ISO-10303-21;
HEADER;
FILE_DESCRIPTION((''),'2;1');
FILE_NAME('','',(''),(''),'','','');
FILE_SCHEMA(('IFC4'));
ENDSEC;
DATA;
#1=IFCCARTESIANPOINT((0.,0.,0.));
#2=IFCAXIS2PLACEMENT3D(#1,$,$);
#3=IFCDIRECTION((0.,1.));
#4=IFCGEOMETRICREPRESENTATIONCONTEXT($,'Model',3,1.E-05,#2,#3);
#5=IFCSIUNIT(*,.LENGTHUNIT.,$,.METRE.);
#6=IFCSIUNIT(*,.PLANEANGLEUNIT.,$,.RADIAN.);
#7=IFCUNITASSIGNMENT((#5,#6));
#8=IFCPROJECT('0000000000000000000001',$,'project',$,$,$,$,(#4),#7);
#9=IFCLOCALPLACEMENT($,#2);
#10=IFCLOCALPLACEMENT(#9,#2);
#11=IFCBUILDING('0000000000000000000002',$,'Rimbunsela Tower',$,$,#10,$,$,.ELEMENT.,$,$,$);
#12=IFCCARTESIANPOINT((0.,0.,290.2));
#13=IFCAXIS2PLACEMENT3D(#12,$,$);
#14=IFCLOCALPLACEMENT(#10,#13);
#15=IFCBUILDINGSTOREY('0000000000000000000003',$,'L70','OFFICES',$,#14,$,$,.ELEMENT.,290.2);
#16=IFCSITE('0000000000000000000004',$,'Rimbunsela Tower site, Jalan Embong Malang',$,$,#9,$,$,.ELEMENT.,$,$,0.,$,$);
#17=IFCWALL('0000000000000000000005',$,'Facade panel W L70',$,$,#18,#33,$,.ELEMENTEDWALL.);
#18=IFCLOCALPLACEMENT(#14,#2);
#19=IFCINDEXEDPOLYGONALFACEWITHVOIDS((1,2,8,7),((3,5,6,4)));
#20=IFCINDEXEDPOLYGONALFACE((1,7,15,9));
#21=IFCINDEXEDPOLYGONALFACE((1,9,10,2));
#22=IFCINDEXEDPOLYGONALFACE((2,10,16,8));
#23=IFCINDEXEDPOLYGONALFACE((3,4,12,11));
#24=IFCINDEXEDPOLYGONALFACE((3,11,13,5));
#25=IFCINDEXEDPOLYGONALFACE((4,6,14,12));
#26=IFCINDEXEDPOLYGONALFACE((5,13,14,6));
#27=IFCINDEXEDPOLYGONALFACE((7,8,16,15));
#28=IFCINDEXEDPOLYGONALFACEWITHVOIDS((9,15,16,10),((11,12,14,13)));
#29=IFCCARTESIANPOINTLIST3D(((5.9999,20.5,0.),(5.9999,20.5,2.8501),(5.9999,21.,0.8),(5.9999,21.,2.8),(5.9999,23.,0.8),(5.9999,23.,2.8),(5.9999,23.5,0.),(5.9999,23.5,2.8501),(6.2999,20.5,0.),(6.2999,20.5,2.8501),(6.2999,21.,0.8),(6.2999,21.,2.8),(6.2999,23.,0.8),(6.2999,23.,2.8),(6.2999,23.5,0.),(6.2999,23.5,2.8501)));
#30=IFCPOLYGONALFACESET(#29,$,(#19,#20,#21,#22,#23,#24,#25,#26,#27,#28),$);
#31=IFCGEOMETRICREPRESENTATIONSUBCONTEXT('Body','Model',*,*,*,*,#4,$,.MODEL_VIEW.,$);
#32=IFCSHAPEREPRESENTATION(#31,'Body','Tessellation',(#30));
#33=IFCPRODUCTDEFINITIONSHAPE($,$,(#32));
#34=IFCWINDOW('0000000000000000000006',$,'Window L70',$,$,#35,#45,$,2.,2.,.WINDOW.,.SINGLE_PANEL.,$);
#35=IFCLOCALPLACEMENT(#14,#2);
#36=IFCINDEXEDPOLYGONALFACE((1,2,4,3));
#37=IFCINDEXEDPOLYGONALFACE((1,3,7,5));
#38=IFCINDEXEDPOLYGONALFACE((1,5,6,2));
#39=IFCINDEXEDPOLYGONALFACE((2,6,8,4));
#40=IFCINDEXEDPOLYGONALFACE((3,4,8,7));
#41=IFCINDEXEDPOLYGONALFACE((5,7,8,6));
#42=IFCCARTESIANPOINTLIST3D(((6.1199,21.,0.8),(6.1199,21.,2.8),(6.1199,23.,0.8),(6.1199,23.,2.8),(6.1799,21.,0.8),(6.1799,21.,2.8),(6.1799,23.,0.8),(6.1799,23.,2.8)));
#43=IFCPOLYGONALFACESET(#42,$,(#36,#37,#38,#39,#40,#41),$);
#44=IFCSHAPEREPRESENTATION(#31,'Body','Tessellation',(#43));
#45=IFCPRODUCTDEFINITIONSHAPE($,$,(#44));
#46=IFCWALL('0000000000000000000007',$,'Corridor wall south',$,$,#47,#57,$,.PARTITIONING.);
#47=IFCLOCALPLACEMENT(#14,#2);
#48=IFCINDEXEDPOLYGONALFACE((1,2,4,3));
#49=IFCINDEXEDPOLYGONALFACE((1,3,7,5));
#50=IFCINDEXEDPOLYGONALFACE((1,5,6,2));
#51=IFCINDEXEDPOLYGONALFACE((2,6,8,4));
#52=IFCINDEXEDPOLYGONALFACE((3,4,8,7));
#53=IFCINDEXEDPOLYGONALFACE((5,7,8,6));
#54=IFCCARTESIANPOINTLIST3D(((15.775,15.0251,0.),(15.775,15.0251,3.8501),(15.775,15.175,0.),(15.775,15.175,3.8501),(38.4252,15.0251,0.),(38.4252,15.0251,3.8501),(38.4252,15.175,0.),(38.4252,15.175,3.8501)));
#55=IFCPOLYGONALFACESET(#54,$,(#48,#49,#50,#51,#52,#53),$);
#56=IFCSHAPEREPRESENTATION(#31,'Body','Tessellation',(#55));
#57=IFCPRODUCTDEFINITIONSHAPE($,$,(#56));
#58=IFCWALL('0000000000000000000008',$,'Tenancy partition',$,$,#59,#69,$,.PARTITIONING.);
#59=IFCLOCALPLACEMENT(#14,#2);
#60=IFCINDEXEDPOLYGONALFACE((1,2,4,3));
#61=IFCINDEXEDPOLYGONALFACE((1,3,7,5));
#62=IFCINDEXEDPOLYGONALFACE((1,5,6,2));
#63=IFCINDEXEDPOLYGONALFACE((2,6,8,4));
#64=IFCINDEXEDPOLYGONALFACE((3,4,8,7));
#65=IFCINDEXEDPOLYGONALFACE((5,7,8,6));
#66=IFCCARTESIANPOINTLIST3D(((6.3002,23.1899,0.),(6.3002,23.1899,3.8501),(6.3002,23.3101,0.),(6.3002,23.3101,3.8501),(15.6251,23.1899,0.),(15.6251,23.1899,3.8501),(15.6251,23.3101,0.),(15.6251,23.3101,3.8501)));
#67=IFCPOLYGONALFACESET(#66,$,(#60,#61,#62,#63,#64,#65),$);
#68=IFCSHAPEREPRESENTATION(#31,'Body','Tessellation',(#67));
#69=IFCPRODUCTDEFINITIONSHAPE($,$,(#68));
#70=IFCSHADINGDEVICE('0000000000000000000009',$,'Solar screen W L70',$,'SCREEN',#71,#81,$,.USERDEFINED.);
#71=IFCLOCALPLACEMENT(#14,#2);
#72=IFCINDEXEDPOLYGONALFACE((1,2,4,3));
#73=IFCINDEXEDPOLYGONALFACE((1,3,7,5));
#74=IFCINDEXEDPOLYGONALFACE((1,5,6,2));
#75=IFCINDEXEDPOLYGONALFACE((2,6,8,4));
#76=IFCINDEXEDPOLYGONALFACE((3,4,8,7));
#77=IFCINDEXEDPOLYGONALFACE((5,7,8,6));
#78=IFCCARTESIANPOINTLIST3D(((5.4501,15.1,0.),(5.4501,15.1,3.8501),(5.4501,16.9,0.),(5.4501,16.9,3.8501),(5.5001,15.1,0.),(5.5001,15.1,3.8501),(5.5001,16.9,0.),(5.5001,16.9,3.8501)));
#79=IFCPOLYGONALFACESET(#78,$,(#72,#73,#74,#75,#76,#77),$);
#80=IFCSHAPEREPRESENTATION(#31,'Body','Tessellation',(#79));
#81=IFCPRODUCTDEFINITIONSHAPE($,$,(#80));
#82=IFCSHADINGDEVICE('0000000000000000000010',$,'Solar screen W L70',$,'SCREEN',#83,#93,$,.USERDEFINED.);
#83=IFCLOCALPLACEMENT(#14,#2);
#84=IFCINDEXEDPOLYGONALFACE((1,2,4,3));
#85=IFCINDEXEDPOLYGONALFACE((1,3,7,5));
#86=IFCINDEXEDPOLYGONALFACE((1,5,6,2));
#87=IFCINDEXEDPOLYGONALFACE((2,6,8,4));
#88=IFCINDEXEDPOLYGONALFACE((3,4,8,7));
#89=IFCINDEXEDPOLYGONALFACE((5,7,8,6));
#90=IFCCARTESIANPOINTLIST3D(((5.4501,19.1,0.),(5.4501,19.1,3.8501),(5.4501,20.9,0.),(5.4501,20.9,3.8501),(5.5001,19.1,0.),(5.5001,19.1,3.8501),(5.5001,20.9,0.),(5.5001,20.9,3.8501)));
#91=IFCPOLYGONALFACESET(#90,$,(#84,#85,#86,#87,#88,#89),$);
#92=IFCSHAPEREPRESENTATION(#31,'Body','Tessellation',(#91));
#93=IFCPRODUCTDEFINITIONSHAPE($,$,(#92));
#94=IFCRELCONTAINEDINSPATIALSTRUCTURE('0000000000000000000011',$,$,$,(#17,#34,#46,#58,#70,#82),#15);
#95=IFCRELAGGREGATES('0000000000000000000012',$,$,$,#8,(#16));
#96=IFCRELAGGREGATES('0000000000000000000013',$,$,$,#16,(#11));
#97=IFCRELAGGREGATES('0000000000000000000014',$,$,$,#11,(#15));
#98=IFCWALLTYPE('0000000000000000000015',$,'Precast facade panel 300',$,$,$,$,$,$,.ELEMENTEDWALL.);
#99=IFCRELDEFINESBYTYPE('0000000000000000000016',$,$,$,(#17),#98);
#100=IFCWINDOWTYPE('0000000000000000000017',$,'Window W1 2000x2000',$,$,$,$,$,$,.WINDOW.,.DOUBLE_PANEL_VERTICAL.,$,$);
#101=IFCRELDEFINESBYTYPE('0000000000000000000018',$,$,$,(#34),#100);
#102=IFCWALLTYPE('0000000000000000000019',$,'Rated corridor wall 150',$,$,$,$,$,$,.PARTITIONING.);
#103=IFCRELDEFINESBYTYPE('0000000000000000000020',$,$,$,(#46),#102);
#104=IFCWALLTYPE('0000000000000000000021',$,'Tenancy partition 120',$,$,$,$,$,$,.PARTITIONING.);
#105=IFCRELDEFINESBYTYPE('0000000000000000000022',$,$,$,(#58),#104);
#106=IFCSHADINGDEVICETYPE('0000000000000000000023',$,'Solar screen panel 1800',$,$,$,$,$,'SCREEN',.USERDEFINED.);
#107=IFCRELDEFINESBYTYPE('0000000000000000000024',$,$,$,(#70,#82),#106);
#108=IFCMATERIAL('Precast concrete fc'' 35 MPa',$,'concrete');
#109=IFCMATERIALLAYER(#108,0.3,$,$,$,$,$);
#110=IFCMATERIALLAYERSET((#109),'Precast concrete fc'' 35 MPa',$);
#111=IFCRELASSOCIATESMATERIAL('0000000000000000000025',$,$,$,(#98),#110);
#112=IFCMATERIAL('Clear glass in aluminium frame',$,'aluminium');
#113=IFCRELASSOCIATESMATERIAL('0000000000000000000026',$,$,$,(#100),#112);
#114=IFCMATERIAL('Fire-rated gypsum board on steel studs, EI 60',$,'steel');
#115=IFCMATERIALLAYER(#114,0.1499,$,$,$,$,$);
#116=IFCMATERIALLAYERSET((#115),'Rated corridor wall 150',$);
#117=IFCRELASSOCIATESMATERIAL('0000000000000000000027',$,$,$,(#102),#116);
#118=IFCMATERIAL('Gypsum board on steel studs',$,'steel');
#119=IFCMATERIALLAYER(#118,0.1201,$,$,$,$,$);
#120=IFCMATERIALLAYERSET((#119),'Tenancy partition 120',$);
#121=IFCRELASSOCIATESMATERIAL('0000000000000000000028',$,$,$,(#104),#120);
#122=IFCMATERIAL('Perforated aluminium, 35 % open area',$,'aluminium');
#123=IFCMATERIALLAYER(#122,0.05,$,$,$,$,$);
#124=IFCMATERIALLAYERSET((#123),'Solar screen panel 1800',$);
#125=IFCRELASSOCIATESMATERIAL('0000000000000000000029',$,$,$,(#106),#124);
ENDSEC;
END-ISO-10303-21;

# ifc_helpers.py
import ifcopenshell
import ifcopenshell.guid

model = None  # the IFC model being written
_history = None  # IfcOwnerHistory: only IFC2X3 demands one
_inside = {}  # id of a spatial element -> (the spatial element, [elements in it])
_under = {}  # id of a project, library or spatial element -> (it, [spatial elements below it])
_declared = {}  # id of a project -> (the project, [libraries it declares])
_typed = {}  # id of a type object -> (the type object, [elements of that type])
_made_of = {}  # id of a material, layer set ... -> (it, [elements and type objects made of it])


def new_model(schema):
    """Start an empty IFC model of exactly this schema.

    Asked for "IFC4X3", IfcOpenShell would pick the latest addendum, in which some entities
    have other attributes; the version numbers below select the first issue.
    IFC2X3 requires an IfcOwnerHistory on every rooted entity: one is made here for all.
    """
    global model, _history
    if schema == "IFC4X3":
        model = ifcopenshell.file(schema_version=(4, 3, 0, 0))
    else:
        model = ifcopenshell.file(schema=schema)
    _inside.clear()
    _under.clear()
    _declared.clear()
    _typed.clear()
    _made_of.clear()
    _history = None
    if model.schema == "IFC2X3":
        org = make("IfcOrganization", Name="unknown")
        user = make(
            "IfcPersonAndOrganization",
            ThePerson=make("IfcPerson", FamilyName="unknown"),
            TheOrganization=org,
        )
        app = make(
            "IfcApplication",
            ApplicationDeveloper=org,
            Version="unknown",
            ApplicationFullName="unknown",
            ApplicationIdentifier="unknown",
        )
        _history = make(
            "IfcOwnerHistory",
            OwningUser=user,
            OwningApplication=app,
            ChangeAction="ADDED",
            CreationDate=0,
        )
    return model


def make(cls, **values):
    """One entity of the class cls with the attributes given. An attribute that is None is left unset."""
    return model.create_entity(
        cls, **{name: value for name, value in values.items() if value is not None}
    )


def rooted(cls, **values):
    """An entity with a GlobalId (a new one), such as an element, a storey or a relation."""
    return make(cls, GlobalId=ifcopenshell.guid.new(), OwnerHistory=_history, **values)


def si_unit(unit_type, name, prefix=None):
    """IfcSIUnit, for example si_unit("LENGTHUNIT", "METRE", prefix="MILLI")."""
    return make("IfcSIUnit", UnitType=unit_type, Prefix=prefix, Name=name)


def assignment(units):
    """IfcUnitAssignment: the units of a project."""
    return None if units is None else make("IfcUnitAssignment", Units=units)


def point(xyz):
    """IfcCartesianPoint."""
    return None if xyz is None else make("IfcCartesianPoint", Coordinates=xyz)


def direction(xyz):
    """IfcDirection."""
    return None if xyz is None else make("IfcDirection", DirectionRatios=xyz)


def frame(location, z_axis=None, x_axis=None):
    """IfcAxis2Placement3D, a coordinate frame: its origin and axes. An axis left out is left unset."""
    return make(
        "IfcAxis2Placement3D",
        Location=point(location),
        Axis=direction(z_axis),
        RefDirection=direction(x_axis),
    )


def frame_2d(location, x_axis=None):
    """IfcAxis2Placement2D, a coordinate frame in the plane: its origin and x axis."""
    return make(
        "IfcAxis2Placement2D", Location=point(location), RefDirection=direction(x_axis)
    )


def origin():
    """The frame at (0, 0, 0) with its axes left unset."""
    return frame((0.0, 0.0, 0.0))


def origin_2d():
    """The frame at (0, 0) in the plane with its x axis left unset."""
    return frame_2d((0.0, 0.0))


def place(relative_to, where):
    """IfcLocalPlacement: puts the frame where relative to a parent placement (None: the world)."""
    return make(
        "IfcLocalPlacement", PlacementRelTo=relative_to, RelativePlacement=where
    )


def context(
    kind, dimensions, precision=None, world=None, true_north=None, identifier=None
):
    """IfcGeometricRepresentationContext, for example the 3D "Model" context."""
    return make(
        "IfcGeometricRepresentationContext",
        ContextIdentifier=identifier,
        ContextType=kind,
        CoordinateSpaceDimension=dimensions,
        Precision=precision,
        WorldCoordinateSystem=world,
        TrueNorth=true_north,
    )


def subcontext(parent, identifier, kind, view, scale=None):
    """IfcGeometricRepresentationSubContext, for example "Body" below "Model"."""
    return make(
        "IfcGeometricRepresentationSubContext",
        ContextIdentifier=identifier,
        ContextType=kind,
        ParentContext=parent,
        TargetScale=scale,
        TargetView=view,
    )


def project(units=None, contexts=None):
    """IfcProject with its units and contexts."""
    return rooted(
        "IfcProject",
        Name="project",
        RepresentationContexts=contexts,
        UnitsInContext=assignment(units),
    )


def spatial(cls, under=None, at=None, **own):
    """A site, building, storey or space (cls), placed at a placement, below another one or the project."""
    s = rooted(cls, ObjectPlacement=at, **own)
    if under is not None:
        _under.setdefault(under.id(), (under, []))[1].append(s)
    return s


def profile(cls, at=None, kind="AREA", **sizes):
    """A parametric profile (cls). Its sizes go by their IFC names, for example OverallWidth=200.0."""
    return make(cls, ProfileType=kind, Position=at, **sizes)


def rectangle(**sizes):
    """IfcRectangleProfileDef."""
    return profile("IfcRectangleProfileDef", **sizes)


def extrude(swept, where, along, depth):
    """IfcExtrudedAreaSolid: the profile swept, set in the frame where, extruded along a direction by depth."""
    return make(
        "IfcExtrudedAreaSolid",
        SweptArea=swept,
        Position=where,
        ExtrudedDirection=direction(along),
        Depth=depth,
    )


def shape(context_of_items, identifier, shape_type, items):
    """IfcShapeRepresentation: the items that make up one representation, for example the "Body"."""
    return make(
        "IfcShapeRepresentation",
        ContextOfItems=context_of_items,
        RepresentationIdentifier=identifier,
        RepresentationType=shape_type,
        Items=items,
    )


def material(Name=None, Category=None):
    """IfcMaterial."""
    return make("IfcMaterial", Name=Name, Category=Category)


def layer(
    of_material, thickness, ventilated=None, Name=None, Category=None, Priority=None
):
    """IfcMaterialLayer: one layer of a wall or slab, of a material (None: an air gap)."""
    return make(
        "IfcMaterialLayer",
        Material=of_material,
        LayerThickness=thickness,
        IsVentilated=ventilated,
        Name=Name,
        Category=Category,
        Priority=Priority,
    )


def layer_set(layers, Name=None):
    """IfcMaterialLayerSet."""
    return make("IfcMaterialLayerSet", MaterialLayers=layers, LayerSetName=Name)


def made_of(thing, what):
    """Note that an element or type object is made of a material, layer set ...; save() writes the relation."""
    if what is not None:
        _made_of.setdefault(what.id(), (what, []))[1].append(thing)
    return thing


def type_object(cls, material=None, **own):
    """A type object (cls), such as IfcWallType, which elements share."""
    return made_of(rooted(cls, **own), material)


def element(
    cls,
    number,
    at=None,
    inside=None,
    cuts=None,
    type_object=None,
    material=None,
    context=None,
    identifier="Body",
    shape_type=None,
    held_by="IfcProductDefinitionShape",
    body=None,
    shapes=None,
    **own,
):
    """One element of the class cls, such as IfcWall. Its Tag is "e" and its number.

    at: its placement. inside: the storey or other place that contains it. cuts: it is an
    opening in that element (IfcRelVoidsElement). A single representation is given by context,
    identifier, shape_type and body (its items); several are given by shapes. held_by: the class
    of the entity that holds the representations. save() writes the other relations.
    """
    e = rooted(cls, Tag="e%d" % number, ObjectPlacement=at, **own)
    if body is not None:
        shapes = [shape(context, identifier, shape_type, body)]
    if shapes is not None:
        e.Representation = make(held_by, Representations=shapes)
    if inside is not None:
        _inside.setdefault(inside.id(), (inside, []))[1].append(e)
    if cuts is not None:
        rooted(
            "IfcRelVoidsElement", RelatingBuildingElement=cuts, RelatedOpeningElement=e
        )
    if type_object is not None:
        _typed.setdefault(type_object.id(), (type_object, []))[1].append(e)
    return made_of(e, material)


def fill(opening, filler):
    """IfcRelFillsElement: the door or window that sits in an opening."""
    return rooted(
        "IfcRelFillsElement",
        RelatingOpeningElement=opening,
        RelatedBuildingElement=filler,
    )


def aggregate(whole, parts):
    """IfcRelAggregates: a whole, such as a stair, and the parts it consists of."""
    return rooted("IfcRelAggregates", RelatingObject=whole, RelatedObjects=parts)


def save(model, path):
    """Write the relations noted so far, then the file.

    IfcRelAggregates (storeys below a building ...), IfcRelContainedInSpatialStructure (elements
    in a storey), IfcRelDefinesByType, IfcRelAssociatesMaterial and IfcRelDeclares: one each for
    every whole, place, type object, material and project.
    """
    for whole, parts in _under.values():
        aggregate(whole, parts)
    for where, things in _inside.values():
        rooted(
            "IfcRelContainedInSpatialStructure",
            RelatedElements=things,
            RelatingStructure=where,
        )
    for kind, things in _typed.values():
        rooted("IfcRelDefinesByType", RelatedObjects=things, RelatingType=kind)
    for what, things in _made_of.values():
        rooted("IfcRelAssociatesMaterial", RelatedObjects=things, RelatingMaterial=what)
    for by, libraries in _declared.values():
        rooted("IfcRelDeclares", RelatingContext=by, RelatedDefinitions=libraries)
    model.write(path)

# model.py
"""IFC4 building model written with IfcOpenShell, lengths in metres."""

from ifc_helpers import new_model, si_unit, direction, frame, frame_2d, origin, origin_2d, place, context, subcontext, project, spatial, rectangle, extrude, material, layer, layer_set, type_object, element, fill, save


model = new_model("IFC4")

# Units and contexts
model_context = context("Model", 3, precision=1e-05, world=origin(), true_north=direction((0.0, 1.0)))
body_context = subcontext(model_context, "Body", "Model", "MODEL_VIEW")
ifc_project = project(units=[si_unit("LENGTHUNIT", "METRE"), si_unit("PLANEANGLEUNIT", "RADIAN")], contexts=[model_context])

# Site, building, storey
site_placement = place(None, origin())
site = spatial("IfcSite", under=ifc_project, at=site_placement, Name="Rimbunsela Tower site, Jalan Embong Malang", CompositionType="ELEMENT", RefElevation=0.0)
building_placement = place(site_placement, origin())
building = spatial("IfcBuilding", under=site, at=building_placement, Name="Rimbunsela Tower", CompositionType="ELEMENT")
storey_placement = place(building_placement, frame((0.0, 0.0, 290.2)))
storey = spatial("IfcBuildingStorey", under=building, at=storey_placement, Name="L70", Description="OFFICES", CompositionType="ELEMENT", Elevation=290.2)

# Wall, opening, window
ifc_material_1 = material(Name="Precast concrete fc' 35 MPa", Category="concrete")
ifc_layer_1 = layer(ifc_material_1, 0.3)
ifc_layer_set_1 = layer_set([ifc_layer_1], Name="Precast concrete fc' 35 MPa")
wall_type_1 = type_object("IfcWallType", Name="Precast facade panel 300", PredefinedType="ELEMENTEDWALL", material=ifc_layer_set_1)
ifc_material_2 = material(Name="Clear glass in aluminium frame", Category="aluminium")
window_type = type_object("IfcWindowType", Name="Window W1 2000x2000", PartitioningType="DOUBLE_PANEL_VERTICAL", PredefinedType="WINDOW", material=ifc_material_2)
wall_1_placement = place(storey_placement, frame((6.1499, 23.5, 0.0), z_axis=(0.0, 0.0, 1.0), x_axis=(0.0, -1.0, 0.0)))
wall_1 = element("IfcWall", 1, at=wall_1_placement, inside=storey, type_object=wall_type_1, Name="Facade panel W L70", PredefinedType="ELEMENTEDWALL", context=body_context, shape_type="SweptSolid", body=[
    extrude(rectangle(XDim=3.0, YDim=0.3, at=frame_2d((1.5, 0.0))), origin(), (0.0, 0.0, 1.0), 2.8501),
])
opening_1_placement = place(wall_1_placement, frame((0.5, 0.0, 0.8)))
opening_1 = element("IfcOpeningElement", 2, at=opening_1_placement, cuts=wall_1, PredefinedType="OPENING", context=body_context, shape_type="SweptSolid", body=[
    extrude(rectangle(XDim=2.0, YDim=2.0, at=frame_2d((1.0, 1.0))), frame((0.0, 0.1599, 0.0), z_axis=(0.0, -1.0, 0.0), x_axis=(1.0, 0.0, 0.0)), (0.0, 0.0, 1.0), 0.3201),
])
window_1_placement = place(opening_1_placement, origin())
window_1 = element("IfcWindow", 3, at=window_1_placement, inside=storey, type_object=window_type, Name="Window L70", OverallHeight=2.0, OverallWidth=2.0, PartitioningType="SINGLE_PANEL", PredefinedType="WINDOW", context=body_context, shape_type="SweptSolid", body=[
    extrude(rectangle(XDim=2.0, YDim=2.0, at=frame_2d((1.0, 1.0))), frame((0.0, 0.03, 0.0), z_axis=(0.0, -1.0, 0.0), x_axis=(1.0, 0.0, 0.0)), (0.0, 0.0, 1.0), 0.0601),
])
fill(opening_1, window_1)

# Walls
ifc_material_3 = material(Name="Fire-rated gypsum board on steel studs, EI 60", Category="steel")
ifc_layer_2 = layer(ifc_material_3, 0.1499)
ifc_layer_set_2 = layer_set([ifc_layer_2], Name="Rated corridor wall 150")
wall_type_2 = type_object("IfcWallType", Name="Rated corridor wall 150", PredefinedType="PARTITIONING", material=ifc_layer_set_2)
wall_2_placement = place(storey_placement, frame((15.7749, 15.1001, 0.0), z_axis=(0.0, 0.0, 1.0), x_axis=(1.0, 0.0, 0.0)))
element("IfcWall", 4, at=wall_2_placement, inside=storey, type_object=wall_type_2, Name="Corridor wall south", PredefinedType="PARTITIONING", context=body_context, shape_type="SweptSolid", body=[
    extrude(rectangle(XDim=22.6501, YDim=0.1499, at=frame_2d((11.3252, 0.0))), origin(), (0.0, 0.0, 1.0), 3.8501),
])
ifc_material_4 = material(Name="Gypsum board on steel studs", Category="steel")
ifc_layer_3 = layer(ifc_material_4, 0.1201)
ifc_layer_set_3 = layer_set([ifc_layer_3], Name="Tenancy partition 120")
wall_type_3 = type_object("IfcWallType", Name="Tenancy partition 120", PredefinedType="PARTITIONING", material=ifc_layer_set_3)
wall_3_placement = place(storey_placement, frame((6.3, 23.25, 0.0), z_axis=(0.0, 0.0, 1.0), x_axis=(1.0, 0.0, 0.0)))
element("IfcWall", 5, at=wall_3_placement, inside=storey, type_object=wall_type_3, Name="Tenancy partition", PredefinedType="PARTITIONING", context=body_context, shape_type="SweptSolid", body=[
    extrude(rectangle(XDim=9.325, YDim=0.1201, at=frame_2d((4.6626, 0.0))), origin(), (0.0, 0.0, 1.0), 3.8501),
])

# Shading devices
ifc_material_5 = material(Name="Perforated aluminium, 35 % open area", Category="aluminium")
ifc_layer_4 = layer(ifc_material_5, 0.05)
ifc_layer_set_4 = layer_set([ifc_layer_4], Name="Solar screen panel 1800")
shading_device_type = type_object("IfcShadingDeviceType", Name="Solar screen panel 1800", ElementType="SCREEN", PredefinedType="USERDEFINED", material=ifc_layer_set_4)
for number, where, z_axis, x_axis, name in (
    (6, (5.4751, 16.0, 0.0), (0.0, 0.0, 1.0), (0.0, 1.0, 0.0), "Solar screen W L70"),
    (7, (5.4751, 20.0, 0.0), (0.0, 0.0, 1.0), (0.0, 1.0, 0.0), "Solar screen W L70"),
):
    element("IfcShadingDevice", number, at=place(storey_placement, frame(where, z_axis=z_axis, x_axis=x_axis)), inside=storey, type_object=shading_device_type, Name=name, ObjectType="SCREEN", PredefinedType="USERDEFINED", context=body_context, shape_type="SweptSolid", body=[
        extrude(rectangle(XDim=1.8, YDim=0.05, at=origin_2d()), origin(), (0.0, 0.0, 1.0), 3.8501),
    ])

save(model, "model.ifc")
